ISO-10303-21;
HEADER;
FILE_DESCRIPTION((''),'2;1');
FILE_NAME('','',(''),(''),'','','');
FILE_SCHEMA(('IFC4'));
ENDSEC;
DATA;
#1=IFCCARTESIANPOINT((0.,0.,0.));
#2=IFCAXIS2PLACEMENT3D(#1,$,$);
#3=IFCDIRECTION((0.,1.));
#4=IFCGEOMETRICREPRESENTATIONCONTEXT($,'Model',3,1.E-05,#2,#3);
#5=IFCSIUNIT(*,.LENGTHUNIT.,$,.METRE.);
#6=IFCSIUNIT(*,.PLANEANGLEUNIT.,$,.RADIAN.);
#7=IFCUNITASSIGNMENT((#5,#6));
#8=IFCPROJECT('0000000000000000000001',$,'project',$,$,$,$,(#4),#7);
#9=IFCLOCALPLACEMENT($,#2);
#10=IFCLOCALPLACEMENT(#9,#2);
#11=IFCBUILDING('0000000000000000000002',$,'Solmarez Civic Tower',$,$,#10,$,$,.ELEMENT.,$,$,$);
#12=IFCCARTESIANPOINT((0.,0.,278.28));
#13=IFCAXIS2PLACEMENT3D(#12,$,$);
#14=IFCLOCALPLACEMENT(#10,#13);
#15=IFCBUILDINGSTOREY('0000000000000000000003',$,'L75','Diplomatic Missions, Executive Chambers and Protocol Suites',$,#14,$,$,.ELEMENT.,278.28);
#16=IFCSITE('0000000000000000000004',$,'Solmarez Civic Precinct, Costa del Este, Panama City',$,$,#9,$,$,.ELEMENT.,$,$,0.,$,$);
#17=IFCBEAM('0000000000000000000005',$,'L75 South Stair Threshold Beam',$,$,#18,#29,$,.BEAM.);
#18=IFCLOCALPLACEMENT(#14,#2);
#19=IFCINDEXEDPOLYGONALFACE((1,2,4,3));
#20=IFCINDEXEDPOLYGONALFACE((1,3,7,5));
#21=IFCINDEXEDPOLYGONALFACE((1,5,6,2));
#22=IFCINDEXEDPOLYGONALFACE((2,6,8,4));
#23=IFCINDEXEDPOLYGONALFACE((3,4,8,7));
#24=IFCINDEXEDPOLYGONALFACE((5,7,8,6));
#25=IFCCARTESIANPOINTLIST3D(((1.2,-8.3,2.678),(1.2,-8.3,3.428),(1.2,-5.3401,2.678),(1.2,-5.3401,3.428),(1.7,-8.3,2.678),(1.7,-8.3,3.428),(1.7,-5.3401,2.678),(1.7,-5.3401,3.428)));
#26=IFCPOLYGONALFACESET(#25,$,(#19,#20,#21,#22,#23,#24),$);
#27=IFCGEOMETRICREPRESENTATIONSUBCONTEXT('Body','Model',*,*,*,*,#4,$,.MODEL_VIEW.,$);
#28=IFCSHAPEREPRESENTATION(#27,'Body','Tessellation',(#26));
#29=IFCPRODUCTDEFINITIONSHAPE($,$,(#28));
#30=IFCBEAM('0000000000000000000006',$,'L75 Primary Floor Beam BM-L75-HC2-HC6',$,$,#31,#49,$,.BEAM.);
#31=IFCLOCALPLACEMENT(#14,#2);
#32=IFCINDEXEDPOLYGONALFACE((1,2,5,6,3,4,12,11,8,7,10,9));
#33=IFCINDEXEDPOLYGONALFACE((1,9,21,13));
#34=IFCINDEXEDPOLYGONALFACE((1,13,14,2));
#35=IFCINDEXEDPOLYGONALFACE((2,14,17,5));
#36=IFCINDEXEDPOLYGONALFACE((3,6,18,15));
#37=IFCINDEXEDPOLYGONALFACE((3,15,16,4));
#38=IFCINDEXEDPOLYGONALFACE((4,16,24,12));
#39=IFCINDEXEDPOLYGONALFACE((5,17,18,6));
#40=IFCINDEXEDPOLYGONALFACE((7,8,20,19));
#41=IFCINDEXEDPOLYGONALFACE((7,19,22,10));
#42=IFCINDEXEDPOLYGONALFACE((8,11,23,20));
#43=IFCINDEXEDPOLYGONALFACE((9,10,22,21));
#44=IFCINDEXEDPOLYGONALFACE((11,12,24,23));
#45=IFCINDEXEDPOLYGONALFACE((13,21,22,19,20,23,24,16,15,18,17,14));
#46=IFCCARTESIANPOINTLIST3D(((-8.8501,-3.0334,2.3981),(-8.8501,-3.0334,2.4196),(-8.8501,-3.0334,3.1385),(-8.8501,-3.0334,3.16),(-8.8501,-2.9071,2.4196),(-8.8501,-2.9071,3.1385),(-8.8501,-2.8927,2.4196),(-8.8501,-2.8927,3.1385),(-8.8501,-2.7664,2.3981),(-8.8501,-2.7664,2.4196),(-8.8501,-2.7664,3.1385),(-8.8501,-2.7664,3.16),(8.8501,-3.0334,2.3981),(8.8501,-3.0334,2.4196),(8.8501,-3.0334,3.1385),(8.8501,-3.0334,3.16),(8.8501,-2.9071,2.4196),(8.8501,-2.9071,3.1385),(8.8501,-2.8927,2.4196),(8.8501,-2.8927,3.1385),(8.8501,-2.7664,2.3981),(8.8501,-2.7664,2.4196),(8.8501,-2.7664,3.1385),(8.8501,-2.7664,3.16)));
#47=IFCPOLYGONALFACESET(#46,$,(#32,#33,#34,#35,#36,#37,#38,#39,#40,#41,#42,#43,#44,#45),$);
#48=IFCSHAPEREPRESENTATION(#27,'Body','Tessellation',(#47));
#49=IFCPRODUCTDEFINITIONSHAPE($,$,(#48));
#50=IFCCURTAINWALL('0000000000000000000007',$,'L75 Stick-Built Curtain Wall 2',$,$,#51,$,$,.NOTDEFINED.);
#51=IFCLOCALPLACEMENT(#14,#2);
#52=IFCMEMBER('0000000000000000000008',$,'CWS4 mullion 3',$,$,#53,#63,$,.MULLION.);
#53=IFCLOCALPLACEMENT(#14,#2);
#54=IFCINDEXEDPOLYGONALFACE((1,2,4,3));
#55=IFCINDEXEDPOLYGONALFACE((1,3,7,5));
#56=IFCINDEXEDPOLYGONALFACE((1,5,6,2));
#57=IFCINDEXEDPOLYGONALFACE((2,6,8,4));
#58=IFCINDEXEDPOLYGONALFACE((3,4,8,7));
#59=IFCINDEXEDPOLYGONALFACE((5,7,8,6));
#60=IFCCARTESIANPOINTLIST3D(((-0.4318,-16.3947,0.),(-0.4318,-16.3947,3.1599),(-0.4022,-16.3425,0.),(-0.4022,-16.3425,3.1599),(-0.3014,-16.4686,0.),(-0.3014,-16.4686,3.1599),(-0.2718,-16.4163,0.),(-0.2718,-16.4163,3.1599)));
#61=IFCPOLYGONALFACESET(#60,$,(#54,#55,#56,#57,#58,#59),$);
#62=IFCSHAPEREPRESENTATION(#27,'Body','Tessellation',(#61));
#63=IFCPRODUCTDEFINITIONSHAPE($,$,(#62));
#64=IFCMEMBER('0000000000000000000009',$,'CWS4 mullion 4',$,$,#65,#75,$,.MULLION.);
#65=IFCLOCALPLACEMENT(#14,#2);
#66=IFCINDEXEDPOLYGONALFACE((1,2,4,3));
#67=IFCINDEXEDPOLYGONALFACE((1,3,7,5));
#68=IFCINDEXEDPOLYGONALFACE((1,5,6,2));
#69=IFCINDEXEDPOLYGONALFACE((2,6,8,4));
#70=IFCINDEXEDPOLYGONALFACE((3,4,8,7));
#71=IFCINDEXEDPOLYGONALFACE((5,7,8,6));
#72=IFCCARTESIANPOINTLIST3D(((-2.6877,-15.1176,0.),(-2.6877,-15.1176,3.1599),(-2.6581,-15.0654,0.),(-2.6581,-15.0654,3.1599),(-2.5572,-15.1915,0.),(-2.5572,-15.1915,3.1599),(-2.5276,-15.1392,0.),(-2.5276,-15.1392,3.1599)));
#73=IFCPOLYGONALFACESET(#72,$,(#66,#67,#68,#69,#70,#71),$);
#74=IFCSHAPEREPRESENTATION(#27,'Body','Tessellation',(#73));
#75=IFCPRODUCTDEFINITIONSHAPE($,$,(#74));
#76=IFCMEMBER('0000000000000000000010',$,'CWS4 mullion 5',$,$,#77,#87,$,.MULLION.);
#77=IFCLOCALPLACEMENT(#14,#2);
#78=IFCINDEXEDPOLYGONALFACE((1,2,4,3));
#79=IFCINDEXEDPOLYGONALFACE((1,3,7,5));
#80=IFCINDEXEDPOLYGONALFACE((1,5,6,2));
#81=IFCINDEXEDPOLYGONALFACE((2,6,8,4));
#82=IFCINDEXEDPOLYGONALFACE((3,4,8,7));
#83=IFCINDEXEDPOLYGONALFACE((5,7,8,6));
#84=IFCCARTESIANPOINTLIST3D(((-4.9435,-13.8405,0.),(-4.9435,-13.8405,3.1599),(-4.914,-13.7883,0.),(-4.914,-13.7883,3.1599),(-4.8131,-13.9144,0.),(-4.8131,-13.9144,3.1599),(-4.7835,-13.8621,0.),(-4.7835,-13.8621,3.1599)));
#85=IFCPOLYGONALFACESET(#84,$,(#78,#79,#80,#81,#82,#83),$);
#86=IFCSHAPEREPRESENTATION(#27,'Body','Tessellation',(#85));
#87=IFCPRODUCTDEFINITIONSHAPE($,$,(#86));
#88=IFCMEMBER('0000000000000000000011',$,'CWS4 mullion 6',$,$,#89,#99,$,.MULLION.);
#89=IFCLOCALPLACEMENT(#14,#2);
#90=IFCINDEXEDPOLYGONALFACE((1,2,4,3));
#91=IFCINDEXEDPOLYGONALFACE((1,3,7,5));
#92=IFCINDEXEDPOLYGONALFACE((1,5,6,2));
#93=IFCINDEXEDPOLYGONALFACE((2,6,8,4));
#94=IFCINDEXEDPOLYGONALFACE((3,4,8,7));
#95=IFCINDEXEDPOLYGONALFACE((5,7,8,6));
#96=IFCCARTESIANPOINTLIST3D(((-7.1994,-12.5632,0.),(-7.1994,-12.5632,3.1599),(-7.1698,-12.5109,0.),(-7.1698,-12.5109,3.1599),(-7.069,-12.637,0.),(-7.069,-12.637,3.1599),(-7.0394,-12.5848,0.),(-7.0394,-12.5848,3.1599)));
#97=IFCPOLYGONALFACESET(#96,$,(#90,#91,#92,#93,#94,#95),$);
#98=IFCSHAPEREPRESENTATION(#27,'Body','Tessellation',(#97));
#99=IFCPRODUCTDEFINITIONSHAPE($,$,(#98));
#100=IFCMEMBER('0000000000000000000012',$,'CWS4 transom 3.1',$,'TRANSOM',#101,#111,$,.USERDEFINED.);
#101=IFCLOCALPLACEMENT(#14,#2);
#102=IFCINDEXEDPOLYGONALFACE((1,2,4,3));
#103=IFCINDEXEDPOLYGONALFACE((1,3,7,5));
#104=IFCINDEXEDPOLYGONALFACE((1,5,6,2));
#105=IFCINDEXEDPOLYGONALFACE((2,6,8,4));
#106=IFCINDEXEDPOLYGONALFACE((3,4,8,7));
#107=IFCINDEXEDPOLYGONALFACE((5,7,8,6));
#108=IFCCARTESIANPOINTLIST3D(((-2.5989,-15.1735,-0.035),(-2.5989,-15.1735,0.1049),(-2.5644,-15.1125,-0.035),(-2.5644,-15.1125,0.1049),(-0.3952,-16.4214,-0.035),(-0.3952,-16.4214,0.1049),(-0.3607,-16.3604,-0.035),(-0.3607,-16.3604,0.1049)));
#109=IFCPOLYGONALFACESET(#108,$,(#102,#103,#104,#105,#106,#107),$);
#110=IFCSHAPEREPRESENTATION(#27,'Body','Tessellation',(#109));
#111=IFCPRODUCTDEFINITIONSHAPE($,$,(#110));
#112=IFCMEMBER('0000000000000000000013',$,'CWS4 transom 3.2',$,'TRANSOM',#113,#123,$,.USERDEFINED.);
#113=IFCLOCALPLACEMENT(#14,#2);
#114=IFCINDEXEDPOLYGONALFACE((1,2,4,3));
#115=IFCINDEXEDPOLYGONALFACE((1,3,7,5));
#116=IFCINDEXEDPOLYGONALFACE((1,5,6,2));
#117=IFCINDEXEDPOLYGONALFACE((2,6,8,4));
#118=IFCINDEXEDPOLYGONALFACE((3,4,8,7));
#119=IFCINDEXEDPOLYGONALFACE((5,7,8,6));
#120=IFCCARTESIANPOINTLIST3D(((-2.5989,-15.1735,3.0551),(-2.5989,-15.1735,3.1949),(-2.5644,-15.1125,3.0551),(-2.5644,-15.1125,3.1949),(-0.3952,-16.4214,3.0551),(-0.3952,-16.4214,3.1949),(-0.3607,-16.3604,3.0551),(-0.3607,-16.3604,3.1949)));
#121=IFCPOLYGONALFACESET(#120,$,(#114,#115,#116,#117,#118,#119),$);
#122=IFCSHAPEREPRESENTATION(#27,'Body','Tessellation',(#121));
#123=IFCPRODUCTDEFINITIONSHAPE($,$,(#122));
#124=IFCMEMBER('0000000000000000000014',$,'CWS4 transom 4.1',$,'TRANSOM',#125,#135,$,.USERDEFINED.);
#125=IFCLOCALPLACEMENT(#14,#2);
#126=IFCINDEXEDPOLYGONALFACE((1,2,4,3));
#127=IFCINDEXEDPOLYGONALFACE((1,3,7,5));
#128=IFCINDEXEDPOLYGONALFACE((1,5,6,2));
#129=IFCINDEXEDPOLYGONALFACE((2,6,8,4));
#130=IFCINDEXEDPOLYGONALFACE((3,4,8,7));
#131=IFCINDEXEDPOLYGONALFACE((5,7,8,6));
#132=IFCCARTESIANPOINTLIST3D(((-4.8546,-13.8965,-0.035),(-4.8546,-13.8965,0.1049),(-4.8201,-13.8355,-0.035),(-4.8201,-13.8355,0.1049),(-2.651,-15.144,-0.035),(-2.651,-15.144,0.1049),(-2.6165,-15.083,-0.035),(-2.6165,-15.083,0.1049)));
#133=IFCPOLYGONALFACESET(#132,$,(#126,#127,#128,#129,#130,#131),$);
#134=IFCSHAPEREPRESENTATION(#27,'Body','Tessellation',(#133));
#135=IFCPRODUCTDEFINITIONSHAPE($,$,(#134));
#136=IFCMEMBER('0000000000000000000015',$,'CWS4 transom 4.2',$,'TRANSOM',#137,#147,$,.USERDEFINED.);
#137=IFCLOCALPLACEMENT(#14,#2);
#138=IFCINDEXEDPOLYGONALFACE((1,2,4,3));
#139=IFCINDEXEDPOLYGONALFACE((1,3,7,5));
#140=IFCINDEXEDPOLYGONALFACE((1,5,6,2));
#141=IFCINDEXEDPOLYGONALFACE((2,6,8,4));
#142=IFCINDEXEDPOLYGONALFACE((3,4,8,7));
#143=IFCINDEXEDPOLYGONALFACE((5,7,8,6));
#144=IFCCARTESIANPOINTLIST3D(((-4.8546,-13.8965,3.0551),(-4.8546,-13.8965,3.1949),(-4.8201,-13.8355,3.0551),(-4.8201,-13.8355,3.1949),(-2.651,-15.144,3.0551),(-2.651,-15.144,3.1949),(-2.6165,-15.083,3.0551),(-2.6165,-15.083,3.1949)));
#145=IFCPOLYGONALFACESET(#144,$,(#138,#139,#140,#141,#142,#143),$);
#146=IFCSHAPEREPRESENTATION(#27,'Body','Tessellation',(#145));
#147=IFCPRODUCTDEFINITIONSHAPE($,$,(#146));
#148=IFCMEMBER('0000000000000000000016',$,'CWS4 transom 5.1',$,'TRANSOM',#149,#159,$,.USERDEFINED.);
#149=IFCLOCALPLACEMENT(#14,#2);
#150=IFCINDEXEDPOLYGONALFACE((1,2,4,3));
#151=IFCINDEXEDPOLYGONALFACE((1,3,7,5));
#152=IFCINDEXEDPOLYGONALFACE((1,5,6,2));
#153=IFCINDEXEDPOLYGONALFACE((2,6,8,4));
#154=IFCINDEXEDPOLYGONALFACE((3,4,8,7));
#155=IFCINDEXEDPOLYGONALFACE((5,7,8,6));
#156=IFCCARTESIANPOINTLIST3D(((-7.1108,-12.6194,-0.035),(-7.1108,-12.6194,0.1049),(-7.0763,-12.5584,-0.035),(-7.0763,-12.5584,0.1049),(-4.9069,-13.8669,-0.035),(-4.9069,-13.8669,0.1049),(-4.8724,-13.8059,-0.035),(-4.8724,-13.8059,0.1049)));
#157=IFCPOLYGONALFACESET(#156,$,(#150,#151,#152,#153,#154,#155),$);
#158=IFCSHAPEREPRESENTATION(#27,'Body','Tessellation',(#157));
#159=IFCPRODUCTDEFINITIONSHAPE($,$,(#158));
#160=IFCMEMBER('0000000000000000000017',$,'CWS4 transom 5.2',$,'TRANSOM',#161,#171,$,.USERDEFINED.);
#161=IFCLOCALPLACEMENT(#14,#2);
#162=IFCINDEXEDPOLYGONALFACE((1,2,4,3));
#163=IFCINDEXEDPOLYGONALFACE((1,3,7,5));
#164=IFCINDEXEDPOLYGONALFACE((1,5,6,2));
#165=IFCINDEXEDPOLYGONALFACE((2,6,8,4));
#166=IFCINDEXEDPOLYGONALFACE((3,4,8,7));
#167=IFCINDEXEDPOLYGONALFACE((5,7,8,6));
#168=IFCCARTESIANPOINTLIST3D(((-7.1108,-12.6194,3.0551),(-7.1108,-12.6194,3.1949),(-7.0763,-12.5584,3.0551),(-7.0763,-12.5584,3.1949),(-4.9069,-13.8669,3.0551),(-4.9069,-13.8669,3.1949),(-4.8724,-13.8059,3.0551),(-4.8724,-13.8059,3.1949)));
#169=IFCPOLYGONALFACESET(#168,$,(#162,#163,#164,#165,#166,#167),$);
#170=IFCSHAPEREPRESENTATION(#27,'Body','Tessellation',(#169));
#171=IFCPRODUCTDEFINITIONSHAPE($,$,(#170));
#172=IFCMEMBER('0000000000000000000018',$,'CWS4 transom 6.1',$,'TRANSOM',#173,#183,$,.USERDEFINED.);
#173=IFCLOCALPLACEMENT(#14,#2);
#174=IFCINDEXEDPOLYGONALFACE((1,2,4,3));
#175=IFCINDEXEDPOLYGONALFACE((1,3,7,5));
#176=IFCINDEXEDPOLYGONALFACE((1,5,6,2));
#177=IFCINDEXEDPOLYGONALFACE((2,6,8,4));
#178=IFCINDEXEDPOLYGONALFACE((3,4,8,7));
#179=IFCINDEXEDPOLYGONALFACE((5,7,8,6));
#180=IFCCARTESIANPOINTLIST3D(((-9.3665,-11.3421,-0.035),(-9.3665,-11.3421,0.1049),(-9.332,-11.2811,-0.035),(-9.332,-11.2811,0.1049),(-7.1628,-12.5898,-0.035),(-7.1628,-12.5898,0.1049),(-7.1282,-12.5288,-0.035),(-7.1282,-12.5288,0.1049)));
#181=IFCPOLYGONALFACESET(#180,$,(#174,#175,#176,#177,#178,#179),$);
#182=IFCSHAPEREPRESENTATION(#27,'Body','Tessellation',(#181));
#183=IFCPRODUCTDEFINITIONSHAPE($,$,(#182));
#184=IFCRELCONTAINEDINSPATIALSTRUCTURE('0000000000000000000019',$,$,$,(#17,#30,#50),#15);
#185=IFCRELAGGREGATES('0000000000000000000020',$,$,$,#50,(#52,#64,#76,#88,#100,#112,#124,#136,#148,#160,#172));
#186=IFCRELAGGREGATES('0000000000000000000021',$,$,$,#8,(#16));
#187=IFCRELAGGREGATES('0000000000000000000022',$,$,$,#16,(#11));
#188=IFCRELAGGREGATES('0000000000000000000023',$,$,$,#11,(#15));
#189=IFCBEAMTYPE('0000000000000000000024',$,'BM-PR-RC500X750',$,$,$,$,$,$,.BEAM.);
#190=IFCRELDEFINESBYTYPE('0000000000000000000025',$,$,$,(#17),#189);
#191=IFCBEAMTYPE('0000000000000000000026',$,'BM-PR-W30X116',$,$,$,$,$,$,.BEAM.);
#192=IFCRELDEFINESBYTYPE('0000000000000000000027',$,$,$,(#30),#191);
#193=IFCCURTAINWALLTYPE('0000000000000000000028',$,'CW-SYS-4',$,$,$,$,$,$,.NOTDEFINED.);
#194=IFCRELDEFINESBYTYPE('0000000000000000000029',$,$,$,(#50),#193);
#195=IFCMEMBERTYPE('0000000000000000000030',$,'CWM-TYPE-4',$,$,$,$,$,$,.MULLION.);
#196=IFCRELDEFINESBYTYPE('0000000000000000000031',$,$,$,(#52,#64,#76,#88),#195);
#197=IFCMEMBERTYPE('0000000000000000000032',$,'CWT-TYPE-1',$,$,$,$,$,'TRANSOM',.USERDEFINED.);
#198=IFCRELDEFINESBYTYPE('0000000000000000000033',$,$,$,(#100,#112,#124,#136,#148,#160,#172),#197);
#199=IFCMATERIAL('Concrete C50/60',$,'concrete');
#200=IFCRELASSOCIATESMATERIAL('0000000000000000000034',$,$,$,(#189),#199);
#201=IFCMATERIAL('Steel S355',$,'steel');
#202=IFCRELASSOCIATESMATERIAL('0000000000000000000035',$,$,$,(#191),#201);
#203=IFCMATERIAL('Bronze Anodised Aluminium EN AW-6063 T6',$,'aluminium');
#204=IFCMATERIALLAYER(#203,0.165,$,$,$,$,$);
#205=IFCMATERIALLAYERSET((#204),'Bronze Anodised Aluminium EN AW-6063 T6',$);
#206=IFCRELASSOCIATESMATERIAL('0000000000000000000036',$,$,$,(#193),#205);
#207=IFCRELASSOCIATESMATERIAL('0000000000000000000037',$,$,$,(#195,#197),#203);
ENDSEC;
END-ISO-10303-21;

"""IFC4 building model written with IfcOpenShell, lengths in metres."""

from ifc_helpers import new_model, si_unit, direction, frame, origin, origin_2d, place, context, subcontext, project, spatial, rectangle, i_section, extrude, material, layer, layer_set, material_profile, profile_set, type_object, element, aggregate, save


model = new_model("IFC4")

# Units and contexts
model_context = context("Model", 3, precision=1e-05, world=origin(), true_north=direction((0.0, 1.0)))
body_context = subcontext(model_context, "Body", "Model", "MODEL_VIEW")
ifc_project = project(units=[si_unit("LENGTHUNIT", "METRE"), si_unit("PLANEANGLEUNIT", "RADIAN")], contexts=[model_context])

# Site, building, storey
site_placement = place(None, origin())
site = spatial("IfcSite", under=ifc_project, at=site_placement, Name="Solmarez Civic Precinct, Costa del Este, Panama City", CompositionType="ELEMENT", RefElevation=0.0)
building_placement = place(site_placement, origin())
building = spatial("IfcBuilding", under=site, at=building_placement, Name="Solmarez Civic Tower", CompositionType="ELEMENT")
storey_placement = place(building_placement, frame((0.0, 0.0, 278.28)))
storey = spatial("IfcBuildingStorey", under=building, at=storey_placement, Name="L75", Description="Diplomatic Missions, Executive Chambers and Protocol Suites", CompositionType="ELEMENT", Elevation=278.28)

# Beams
ifc_material_1 = material(Name="Concrete C50/60", Category="concrete")
ifc_material_profile_1 = material_profile(ifc_material_1, rectangle(XDim=0.5, YDim=0.75, at=origin_2d()), Name="RC500X750")
ifc_profile_set_1 = profile_set([ifc_material_profile_1], Name="Concrete C50/60")
beam_type_1 = type_object("IfcBeamType", Name="BM-PR-RC500X750", PredefinedType="BEAM", material=ifc_profile_set_1)
beam_1_placement = place(storey_placement, frame((1.45, -8.3, 3.053), z_axis=(0.0, 1.0, 0.0), x_axis=(-1.0, 0.0, 0.0)))
element("IfcBeam", 1, at=beam_1_placement, inside=storey, type_object=beam_type_1, Name="L75 South Stair Threshold Beam", PredefinedType="BEAM", context=body_context, shape_type="SweptSolid", body=[
    extrude(rectangle(XDim=0.5, YDim=0.75, at=origin_2d()), origin(), (0.0, 0.0, 1.0), 2.96),
])
ifc_material_2 = material(Name="Steel S355", Category="steel")
ifc_material_profile_2 = material_profile(ifc_material_2, i_section(OverallWidth=0.2671, OverallDepth=0.762, WebThickness=0.0144, FlangeThickness=0.0215, at=origin_2d()), Name="W30X116")
ifc_profile_set_2 = profile_set([ifc_material_profile_2], Name="Steel S355")
beam_type_2 = type_object("IfcBeamType", Name="BM-PR-W30X116", PredefinedType="BEAM", material=ifc_profile_set_2)
beam_2_placement = place(storey_placement, frame((-8.8501, -2.8999, 2.7791), z_axis=(1.0, 0.0, 0.0), x_axis=(0.0, 1.0, 0.0)))
element("IfcBeam", 2, at=beam_2_placement, inside=storey, type_object=beam_type_2, Name="L75 Primary Floor Beam BM-L75-HC2-HC6", PredefinedType="BEAM", context=body_context, shape_type="SweptSolid", body=[
    extrude(i_section(OverallWidth=0.2671, OverallDepth=0.762, WebThickness=0.0144, FlangeThickness=0.0215, at=origin_2d()), origin(), (0.0, 0.0, 1.0), 17.7002),
])

# Curtain wall, members
ifc_material_3 = material(Name="Bronze Anodised Aluminium EN AW-6063 T6", Category="aluminium")
ifc_layer_1 = layer(ifc_material_3, 0.165)
ifc_layer_set_1 = layer_set([ifc_layer_1], Name="Bronze Anodised Aluminium EN AW-6063 T6")
curtain_wall_type = type_object("IfcCurtainWallType", Name="CW-SYS-4", PredefinedType="NOTDEFINED", material=ifc_layer_set_1)
curtain_wall_placement = place(storey_placement, origin())
curtain_wall = element("IfcCurtainWall", 3, at=curtain_wall_placement, inside=storey, type_object=curtain_wall_type, Name="L75 Stick-Built Curtain Wall 2", PredefinedType="NOTDEFINED")
ifc_material_profile_3 = material_profile(ifc_material_3, rectangle(XDim=0.0601, YDim=0.1499, at=origin_2d()), Name="CWM-60X150")
ifc_profile_set_3 = profile_set([ifc_material_profile_3], Name="Bronze Anodised Aluminium EN AW-6063 T6")
member_type_1 = type_object("IfcMemberType", Name="CWM-TYPE-4", PredefinedType="MULLION", material=ifc_profile_set_3)
member_1_placement = place(storey_placement, frame((-0.3518, -16.4055, 0.0), z_axis=(0.0, 0.0, 1.0), x_axis=(-0.492679, -0.870211, 0.0)))
member_1 = element("IfcMember", 4, at=member_1_placement, type_object=member_type_1, Name="CWS4 mullion 3", PredefinedType="MULLION", context=body_context, shape_type="SweptSolid", body=[
    extrude(rectangle(XDim=0.0601, YDim=0.1499, at=origin_2d()), origin(), (0.0, 0.0, 1.0), 3.1599),
])
member_2_placement = place(storey_placement, frame((-2.6077, -15.1284, 0.0), z_axis=(0.0, 0.0, 1.0), x_axis=(-0.492679, -0.870211, 0.0)))
member_2 = element("IfcMember", 5, at=member_2_placement, type_object=member_type_1, Name="CWS4 mullion 4", PredefinedType="MULLION", context=body_context, shape_type="SweptSolid", body=[
    extrude(rectangle(XDim=0.0601, YDim=0.1499, at=origin_2d()), origin(), (0.0, 0.0, 1.0), 3.1599),
])
member_3_placement = place(storey_placement, frame((-4.8635, -13.8513, 0.0), z_axis=(0.0, 0.0, 1.0), x_axis=(-0.492679, -0.870211, 0.0)))
member_3 = element("IfcMember", 6, at=member_3_placement, type_object=member_type_1, Name="CWS4 mullion 5", PredefinedType="MULLION", context=body_context, shape_type="SweptSolid", body=[
    extrude(rectangle(XDim=0.0601, YDim=0.1499, at=origin_2d()), origin(), (0.0, 0.0, 1.0), 3.1599),
])
member_4_placement = place(storey_placement, frame((-7.1194, -12.574, 0.0), z_axis=(0.0, 0.0, 1.0), x_axis=(-0.492679, -0.870211, 0.0)))
member_4 = element("IfcMember", 7, at=member_4_placement, type_object=member_type_1, Name="CWS4 mullion 6", PredefinedType="MULLION", context=body_context, shape_type="SweptSolid", body=[
    extrude(rectangle(XDim=0.0601, YDim=0.1499, at=origin_2d()), origin(), (0.0, 0.0, 1.0), 3.1599),
])
ifc_material_profile_4 = material_profile(ifc_material_3, rectangle(XDim=0.0701, YDim=0.1399, at=origin_2d()), Name="CWT-70X140")
ifc_profile_set_4 = profile_set([ifc_material_profile_4], Name="Bronze Anodised Aluminium EN AW-6063 T6")
member_type_2 = type_object("IfcMemberType", Name="CWT-TYPE-1", ElementType="TRANSOM", PredefinedType="USERDEFINED", material=ifc_profile_set_4)
member_5_placement = place(storey_placement, frame((-0.3779, -16.3909, 0.0349), z_axis=(-0.870177, 0.49274, 0.0), x_axis=(-0.49274, -0.870177, 0.0)))
member_5 = element("IfcMember", 8, at=member_5_placement, type_object=member_type_2, Name="CWS4 transom 3.1", ObjectType="TRANSOM", PredefinedType="USERDEFINED", context=body_context, shape_type="SweptSolid", body=[
    extrude(rectangle(XDim=0.0701, YDim=0.1399, at=origin_2d()), origin(), (0.0, 0.0, 1.0), 2.5325),
])
member_6_placement = place(storey_placement, frame((-0.3779, -16.3909, 3.125), z_axis=(-0.870177, 0.49274, 0.0), x_axis=(-0.49274, -0.870177, 0.0)))
member_6 = element("IfcMember", 9, at=member_6_placement, type_object=member_type_2, Name="CWS4 transom 3.2", ObjectType="TRANSOM", PredefinedType="USERDEFINED", context=body_context, shape_type="SweptSolid", body=[
    extrude(rectangle(XDim=0.0701, YDim=0.1399, at=origin_2d()), origin(), (0.0, 0.0, 1.0), 2.5325),
])
member_7_placement = place(storey_placement, frame((-2.6338, -15.1135, 0.0349), z_axis=(-0.870218, 0.492667, 0.0), x_axis=(-0.492667, -0.870218, 0.0)))
member_7 = element("IfcMember", 10, at=member_7_placement, type_object=member_type_2, Name="CWS4 transom 4.1", ObjectType="TRANSOM", PredefinedType="USERDEFINED", context=body_context, shape_type="SweptSolid", body=[
    extrude(rectangle(XDim=0.0701, YDim=0.1399, at=origin_2d()), origin(), (0.0, 0.0, 1.0), 2.5322),
])
member_8_placement = place(storey_placement, frame((-2.6338, -15.1135, 3.125), z_axis=(-0.870218, 0.492667, 0.0), x_axis=(-0.492667, -0.870218, 0.0)))
member_8 = element("IfcMember", 11, at=member_8_placement, type_object=member_type_2, Name="CWS4 transom 4.2", ObjectType="TRANSOM", PredefinedType="USERDEFINED", context=body_context, shape_type="SweptSolid", body=[
    extrude(rectangle(XDim=0.0701, YDim=0.1399, at=origin_2d()), origin(), (0.0, 0.0, 1.0), 2.5322),
])
member_9_placement = place(storey_placement, frame((-4.8896, -13.8364, 0.0349), z_axis=(-0.870241, 0.492626, 0.0), x_axis=(-0.492626, -0.870241, 0.0)))
member_9 = element("IfcMember", 12, at=member_9_placement, type_object=member_type_2, Name="CWS4 transom 5.1", ObjectType="TRANSOM", PredefinedType="USERDEFINED", context=body_context, shape_type="SweptSolid", body=[
    extrude(rectangle(XDim=0.0701, YDim=0.1399, at=origin_2d()), origin(), (0.0, 0.0, 1.0), 2.5325),
])
member_10_placement = place(storey_placement, frame((-4.8896, -13.8364, 3.125), z_axis=(-0.870241, 0.492626, 0.0), x_axis=(-0.492626, -0.870241, 0.0)))
member_10 = element("IfcMember", 13, at=member_10_placement, type_object=member_type_2, Name="CWS4 transom 5.2", ObjectType="TRANSOM", PredefinedType="USERDEFINED", context=body_context, shape_type="SweptSolid", body=[
    extrude(rectangle(XDim=0.0701, YDim=0.1399, at=origin_2d()), origin(), (0.0, 0.0, 1.0), 2.5325),
])
member_11_placement = place(storey_placement, frame((-7.1455, -12.5593, 0.0349), z_axis=(-0.8702, 0.492699, 0.0), x_axis=(-0.492699, -0.8702, 0.0)))
member_11 = element("IfcMember", 14, at=member_11_placement, type_object=member_type_2, Name="CWS4 transom 6.1", ObjectType="TRANSOM", PredefinedType="USERDEFINED", context=body_context, shape_type="SweptSolid", body=[
    extrude(rectangle(XDim=0.0701, YDim=0.1399, at=origin_2d()), origin(), (0.0, 0.0, 1.0), 2.5325),
])
aggregate(curtain_wall, [member_1, member_2, member_3, member_4, member_5, member_6, member_7, member_8, member_9, member_10, member_11])

save(model, "model.ifc")
